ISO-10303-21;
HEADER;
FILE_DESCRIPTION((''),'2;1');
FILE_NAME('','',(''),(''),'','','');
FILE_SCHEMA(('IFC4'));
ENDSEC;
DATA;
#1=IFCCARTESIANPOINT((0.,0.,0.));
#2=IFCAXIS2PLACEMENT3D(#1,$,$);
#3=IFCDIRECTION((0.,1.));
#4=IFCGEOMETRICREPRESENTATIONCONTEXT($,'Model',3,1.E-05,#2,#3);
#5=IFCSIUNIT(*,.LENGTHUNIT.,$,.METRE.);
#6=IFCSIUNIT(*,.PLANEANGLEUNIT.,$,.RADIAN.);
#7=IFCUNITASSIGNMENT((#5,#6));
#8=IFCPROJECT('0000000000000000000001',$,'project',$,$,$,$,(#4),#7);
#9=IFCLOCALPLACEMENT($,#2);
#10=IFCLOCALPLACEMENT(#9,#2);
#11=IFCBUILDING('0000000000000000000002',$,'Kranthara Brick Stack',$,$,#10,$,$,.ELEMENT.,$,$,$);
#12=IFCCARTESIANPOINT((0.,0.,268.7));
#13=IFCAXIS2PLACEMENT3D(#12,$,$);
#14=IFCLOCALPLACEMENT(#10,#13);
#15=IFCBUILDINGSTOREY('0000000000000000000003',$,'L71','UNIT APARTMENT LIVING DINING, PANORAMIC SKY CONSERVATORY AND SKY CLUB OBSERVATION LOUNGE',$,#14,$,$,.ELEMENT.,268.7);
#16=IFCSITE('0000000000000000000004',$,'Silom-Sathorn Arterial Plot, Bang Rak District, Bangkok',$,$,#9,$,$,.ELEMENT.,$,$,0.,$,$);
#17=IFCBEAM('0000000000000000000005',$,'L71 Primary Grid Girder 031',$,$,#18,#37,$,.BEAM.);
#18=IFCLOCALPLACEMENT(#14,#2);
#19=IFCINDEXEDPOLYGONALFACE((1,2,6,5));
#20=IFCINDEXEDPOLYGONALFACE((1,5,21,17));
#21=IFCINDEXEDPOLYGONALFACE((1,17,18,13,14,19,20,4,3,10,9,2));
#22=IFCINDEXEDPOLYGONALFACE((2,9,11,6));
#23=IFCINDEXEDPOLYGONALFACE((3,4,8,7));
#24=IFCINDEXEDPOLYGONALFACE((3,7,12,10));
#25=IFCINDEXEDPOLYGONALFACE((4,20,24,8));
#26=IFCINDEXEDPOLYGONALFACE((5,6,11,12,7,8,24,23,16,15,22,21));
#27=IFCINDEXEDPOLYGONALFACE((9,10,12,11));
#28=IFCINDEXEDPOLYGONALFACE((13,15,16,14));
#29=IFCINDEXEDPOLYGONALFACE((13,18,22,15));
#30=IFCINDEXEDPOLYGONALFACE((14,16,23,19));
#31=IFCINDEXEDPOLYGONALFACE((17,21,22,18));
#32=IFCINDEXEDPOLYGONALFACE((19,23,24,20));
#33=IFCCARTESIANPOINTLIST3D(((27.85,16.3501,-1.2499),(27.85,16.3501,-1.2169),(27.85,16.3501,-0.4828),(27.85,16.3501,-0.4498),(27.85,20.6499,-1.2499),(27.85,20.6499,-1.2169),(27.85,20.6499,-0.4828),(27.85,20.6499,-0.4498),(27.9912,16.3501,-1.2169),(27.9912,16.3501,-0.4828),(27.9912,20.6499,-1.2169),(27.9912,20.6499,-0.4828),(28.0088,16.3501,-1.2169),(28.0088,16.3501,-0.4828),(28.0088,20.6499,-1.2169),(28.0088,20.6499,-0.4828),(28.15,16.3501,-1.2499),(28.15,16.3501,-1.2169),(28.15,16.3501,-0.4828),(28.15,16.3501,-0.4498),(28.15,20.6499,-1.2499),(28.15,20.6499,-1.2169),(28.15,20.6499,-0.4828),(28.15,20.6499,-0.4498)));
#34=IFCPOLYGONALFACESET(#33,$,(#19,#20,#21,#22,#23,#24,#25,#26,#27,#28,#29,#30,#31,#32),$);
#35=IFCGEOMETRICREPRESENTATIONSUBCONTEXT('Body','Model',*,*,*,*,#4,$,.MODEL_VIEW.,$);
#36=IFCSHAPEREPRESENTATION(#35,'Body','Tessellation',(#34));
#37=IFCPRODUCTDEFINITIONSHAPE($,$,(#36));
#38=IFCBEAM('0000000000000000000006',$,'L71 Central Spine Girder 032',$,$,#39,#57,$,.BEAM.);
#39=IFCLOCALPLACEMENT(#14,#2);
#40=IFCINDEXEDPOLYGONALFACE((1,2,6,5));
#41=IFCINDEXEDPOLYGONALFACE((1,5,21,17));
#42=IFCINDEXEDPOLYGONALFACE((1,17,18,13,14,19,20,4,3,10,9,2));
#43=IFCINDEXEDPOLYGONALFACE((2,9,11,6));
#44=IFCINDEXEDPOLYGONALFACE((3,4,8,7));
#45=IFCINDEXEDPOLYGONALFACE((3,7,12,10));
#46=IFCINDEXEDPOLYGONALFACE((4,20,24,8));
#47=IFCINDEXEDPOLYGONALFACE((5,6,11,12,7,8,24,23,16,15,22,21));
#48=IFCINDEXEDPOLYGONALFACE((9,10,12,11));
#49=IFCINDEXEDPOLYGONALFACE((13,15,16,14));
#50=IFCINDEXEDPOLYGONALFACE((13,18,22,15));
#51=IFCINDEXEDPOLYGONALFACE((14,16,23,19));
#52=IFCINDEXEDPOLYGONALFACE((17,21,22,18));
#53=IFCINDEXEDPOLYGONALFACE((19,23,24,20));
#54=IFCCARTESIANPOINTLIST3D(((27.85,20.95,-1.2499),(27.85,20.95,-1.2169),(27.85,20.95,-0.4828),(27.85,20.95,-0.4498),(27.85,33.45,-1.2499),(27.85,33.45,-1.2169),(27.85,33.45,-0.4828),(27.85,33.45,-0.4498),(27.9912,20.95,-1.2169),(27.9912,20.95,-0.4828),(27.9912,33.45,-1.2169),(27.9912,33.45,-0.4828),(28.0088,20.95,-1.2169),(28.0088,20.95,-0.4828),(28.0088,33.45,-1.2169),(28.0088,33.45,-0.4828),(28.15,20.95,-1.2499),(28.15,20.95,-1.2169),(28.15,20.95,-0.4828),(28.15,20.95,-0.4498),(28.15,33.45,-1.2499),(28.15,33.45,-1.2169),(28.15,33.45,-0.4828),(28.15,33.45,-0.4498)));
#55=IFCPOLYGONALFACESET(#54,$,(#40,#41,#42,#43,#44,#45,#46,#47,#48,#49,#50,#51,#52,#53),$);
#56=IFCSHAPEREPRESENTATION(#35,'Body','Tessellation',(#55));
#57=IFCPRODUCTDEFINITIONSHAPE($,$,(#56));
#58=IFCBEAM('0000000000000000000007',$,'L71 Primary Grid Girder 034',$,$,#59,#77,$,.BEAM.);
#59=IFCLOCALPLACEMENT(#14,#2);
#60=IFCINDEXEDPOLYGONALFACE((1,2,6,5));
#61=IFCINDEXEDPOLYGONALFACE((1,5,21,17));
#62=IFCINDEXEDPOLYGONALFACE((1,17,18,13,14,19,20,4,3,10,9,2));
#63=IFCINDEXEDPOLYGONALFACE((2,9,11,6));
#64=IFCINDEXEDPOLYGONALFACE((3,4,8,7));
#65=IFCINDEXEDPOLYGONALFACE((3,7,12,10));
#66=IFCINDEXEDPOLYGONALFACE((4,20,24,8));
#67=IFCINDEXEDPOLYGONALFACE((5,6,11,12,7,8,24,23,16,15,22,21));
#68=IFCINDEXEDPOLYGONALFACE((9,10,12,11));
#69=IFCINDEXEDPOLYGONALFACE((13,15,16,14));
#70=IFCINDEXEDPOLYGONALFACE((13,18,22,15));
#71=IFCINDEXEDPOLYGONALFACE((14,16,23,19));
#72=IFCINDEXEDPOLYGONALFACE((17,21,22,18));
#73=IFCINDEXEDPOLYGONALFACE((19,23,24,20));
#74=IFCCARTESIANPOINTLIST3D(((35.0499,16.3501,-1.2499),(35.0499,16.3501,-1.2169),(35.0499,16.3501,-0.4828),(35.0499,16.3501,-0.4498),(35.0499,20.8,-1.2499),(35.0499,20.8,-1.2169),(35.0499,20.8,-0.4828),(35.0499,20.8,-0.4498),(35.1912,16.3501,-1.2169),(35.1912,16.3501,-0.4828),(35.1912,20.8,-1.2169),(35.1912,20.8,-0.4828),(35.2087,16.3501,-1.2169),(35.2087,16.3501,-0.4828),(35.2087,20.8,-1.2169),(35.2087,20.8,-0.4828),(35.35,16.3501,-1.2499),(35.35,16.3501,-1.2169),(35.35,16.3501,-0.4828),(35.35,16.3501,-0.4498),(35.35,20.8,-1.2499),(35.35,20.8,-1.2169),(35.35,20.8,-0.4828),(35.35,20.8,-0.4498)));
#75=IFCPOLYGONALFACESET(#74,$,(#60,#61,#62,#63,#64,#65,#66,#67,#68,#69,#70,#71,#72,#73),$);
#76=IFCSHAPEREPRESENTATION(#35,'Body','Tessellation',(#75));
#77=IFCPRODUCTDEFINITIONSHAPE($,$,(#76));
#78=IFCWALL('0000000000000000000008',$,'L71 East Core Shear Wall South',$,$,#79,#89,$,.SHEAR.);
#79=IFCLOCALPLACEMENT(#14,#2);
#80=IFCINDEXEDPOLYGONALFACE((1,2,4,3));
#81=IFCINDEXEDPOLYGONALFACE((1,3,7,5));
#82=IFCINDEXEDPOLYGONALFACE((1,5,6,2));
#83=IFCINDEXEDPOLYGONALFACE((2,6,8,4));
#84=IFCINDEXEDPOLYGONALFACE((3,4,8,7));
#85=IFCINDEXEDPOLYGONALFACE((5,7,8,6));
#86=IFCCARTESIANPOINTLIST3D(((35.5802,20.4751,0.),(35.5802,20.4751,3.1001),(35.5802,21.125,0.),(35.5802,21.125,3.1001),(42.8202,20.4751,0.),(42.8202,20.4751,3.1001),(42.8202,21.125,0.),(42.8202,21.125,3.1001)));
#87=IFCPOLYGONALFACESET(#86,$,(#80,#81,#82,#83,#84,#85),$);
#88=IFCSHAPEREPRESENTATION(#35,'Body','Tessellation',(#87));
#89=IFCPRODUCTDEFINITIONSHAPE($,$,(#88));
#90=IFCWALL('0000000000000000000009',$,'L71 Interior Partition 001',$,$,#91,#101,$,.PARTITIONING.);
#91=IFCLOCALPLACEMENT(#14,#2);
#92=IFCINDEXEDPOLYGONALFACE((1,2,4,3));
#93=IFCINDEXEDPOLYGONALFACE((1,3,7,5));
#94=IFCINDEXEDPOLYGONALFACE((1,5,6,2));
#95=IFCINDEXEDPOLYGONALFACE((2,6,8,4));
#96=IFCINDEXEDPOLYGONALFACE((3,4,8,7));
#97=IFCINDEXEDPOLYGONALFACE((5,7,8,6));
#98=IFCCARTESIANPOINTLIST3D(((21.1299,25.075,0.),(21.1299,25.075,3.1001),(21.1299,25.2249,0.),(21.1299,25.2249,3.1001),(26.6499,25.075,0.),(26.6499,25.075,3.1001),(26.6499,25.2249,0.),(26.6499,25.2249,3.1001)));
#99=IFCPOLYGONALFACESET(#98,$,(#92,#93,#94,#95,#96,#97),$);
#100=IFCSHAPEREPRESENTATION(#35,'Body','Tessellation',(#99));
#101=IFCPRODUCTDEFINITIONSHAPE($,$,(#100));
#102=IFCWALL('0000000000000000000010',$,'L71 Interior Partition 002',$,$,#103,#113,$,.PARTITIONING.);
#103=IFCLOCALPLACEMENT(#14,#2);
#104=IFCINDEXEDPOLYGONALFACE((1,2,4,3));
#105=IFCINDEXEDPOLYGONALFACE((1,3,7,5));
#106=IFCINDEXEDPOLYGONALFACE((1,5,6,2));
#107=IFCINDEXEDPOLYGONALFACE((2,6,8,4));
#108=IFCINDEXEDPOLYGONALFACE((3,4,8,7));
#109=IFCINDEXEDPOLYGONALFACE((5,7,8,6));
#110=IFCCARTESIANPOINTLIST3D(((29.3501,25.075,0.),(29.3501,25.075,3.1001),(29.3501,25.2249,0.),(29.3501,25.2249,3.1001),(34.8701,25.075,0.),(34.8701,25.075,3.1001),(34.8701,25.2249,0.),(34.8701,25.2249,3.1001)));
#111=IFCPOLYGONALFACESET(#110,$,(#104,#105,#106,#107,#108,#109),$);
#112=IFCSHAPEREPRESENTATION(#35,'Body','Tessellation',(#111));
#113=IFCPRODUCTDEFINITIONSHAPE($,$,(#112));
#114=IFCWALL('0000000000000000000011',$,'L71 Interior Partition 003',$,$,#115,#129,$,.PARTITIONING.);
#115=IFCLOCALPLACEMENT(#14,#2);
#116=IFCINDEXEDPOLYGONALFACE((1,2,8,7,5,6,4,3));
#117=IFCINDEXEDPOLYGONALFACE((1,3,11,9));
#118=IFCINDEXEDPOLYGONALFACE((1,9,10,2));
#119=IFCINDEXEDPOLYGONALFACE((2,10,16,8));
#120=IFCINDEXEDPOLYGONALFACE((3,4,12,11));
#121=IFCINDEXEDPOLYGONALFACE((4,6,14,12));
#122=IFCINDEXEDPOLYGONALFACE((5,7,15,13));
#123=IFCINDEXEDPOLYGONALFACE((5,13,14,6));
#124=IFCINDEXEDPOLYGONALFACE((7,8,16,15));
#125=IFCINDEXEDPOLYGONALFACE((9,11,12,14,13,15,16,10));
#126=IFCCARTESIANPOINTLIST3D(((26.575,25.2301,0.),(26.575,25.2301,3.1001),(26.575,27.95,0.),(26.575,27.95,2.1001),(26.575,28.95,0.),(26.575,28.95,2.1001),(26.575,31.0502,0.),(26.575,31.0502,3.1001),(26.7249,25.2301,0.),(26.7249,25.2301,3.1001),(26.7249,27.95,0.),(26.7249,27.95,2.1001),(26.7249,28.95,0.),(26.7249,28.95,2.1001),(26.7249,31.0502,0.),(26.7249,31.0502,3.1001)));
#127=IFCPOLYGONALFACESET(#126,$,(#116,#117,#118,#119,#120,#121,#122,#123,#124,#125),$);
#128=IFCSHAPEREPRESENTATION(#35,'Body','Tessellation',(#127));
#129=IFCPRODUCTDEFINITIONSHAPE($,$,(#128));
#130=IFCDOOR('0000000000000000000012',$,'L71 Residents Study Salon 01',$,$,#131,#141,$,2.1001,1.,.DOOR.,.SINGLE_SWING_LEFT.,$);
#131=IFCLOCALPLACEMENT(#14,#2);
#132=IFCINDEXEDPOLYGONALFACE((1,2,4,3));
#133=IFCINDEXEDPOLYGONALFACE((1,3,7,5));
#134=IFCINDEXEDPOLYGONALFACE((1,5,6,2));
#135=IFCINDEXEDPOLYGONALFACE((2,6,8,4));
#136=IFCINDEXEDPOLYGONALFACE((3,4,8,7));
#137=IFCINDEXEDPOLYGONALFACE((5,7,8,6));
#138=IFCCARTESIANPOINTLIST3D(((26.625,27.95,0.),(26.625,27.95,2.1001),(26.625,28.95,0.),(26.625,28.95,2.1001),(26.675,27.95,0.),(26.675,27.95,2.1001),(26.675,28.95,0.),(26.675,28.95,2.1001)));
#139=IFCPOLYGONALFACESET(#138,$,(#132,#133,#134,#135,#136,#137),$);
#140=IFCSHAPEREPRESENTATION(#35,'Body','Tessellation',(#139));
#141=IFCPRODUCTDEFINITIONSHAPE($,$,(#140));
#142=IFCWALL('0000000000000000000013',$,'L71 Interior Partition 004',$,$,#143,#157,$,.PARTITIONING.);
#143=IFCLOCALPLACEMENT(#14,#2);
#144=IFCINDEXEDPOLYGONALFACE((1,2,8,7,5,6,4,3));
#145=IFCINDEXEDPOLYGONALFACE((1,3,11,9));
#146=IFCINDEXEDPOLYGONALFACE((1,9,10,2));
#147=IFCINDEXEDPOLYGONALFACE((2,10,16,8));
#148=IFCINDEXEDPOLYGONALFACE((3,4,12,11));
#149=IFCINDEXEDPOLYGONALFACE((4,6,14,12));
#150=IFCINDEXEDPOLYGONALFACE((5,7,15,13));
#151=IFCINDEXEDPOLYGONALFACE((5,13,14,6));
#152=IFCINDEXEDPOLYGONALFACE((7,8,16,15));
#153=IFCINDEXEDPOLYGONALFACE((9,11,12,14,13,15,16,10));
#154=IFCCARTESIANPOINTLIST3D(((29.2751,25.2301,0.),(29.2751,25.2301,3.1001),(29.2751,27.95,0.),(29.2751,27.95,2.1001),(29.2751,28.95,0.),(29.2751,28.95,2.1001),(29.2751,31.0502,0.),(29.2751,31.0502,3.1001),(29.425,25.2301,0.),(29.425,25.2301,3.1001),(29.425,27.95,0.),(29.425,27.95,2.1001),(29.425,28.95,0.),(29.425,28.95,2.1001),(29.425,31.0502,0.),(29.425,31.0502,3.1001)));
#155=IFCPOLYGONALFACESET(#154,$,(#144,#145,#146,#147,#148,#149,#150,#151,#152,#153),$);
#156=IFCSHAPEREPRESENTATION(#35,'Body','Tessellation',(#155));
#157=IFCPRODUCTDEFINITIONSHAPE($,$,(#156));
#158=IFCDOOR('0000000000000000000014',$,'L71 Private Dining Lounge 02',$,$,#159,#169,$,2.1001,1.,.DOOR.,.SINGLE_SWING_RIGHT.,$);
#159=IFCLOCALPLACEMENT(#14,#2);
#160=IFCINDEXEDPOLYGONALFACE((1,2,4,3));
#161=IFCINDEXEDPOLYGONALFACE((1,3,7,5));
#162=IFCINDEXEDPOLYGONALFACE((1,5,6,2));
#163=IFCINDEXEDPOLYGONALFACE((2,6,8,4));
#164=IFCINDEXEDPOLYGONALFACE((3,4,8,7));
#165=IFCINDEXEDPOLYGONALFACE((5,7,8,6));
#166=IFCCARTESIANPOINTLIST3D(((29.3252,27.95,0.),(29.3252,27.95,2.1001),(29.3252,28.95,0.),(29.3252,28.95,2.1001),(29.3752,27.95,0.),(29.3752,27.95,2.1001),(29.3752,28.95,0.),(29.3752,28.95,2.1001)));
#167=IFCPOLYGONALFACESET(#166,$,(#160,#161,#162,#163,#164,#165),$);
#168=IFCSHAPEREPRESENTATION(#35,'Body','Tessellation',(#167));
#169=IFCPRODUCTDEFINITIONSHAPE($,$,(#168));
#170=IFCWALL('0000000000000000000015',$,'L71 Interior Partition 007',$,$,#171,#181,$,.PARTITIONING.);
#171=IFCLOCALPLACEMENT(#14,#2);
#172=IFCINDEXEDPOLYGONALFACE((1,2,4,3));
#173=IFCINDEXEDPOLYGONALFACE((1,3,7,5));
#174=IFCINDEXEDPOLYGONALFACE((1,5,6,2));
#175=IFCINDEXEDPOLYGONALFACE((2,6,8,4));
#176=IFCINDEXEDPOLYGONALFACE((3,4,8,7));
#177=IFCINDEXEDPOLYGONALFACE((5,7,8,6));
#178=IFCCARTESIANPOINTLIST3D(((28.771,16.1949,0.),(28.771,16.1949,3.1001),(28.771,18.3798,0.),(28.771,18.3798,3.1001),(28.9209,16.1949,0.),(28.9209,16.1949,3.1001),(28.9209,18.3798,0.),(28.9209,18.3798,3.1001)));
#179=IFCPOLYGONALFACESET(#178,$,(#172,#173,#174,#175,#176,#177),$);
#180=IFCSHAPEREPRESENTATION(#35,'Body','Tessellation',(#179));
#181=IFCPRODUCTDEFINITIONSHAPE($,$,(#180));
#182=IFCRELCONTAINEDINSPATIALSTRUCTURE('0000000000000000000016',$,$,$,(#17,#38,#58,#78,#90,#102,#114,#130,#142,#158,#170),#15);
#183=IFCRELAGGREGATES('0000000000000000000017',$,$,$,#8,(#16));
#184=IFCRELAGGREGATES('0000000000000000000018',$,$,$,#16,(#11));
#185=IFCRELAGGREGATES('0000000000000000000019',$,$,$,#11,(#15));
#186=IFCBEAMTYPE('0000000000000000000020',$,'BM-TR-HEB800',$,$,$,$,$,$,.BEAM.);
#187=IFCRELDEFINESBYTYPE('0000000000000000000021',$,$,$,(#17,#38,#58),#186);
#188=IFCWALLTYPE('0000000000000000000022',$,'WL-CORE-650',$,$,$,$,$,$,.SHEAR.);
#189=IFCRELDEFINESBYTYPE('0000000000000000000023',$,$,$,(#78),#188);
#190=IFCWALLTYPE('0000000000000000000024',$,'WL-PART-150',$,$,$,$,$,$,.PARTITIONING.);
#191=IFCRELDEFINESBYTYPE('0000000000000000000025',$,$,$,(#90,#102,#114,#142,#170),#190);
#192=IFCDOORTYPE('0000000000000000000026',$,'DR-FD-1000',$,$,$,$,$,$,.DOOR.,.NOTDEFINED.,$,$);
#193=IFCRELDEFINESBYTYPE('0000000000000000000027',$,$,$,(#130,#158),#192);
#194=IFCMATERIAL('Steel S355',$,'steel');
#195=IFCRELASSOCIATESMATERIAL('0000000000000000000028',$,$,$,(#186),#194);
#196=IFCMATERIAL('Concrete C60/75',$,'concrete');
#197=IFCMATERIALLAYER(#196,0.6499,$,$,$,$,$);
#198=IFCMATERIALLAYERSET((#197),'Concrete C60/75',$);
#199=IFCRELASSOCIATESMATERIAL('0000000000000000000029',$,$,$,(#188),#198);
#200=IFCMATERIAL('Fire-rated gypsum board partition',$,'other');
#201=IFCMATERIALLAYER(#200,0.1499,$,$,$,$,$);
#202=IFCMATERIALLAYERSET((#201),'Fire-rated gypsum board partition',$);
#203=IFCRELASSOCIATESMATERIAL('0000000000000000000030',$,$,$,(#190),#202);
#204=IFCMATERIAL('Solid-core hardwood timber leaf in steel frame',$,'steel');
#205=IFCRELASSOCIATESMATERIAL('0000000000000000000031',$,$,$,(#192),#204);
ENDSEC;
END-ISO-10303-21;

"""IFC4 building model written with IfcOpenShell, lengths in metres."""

from ifc_helpers import new_model, si_unit, direction, frame, frame_2d, origin, origin_2d, place, context, subcontext, project, spatial, rectangle, i_section, extrude, material, layer, layer_set, material_profile, profile_set, type_object, element, fill, save


model = new_model("IFC4")

# Units and contexts
model_context = context("Model", 3, precision=1e-05, world=origin(), true_north=direction((0.0, 1.0)))
body_context = subcontext(model_context, "Body", "Model", "MODEL_VIEW")
ifc_project = project(units=[si_unit("LENGTHUNIT", "METRE"), si_unit("PLANEANGLEUNIT", "RADIAN")], contexts=[model_context])

# Site, building, storey
site_placement = place(None, origin())
site = spatial("IfcSite", under=ifc_project, at=site_placement, Name="Silom-Sathorn Arterial Plot, Bang Rak District, Bangkok", CompositionType="ELEMENT", RefElevation=0.0)
building_placement = place(site_placement, origin())
building = spatial("IfcBuilding", under=site, at=building_placement, Name="Kranthara Brick Stack", CompositionType="ELEMENT")
storey_placement = place(building_placement, frame((0.0, 0.0, 268.7)))
storey = spatial("IfcBuildingStorey", under=building, at=storey_placement, Name="L71", Description="UNIT APARTMENT LIVING DINING, PANORAMIC SKY CONSERVATORY AND SKY CLUB OBSERVATION LOUNGE", CompositionType="ELEMENT", Elevation=268.7)

# Beams
ifc_material_1 = material(Name="Steel S355", Category="steel")
ifc_material_profile_1 = material_profile(ifc_material_1, i_section(OverallWidth=0.3, OverallDepth=0.8, WebThickness=0.0176, FlangeThickness=0.033, at=origin_2d()), Name="HEB 800")
ifc_profile_set_1 = profile_set([ifc_material_profile_1], Name="Steel S355")
beam_type_1 = type_object("IfcBeamType", Name="BM-TR-HEB800", PredefinedType="BEAM", material=ifc_profile_set_1)
beam_1_placement = place(storey_placement, frame((28.0, 16.3501, -0.8499), z_axis=(0.0, 1.0, 0.0), x_axis=(-1.0, 0.0, 0.0)))
element("IfcBeam", 1, at=beam_1_placement, inside=storey, type_object=beam_type_1, Name="L71 Primary Grid Girder 031", PredefinedType="BEAM", context=body_context, shape_type="SweptSolid", body=[
    extrude(i_section(OverallWidth=0.3, OverallDepth=0.8, WebThickness=0.0176, FlangeThickness=0.033, at=origin_2d()), origin(), (0.0, 0.0, 1.0), 4.2998),
])
beam_2_placement = place(storey_placement, frame((28.0, 20.95, -0.8499), z_axis=(0.0, 1.0, 0.0), x_axis=(-1.0, 0.0, 0.0)))
element("IfcBeam", 2, at=beam_2_placement, inside=storey, type_object=beam_type_1, Name="L71 Central Spine Girder 032", PredefinedType="BEAM", context=body_context, shape_type="SweptSolid", body=[
    extrude(i_section(OverallWidth=0.3, OverallDepth=0.8, WebThickness=0.0176, FlangeThickness=0.033, at=origin_2d()), origin(), (0.0, 0.0, 1.0), 12.5),
])
beam_3_placement = place(storey_placement, frame((35.2, 16.3501, -0.8499), z_axis=(0.0, 1.0, 0.0), x_axis=(-1.0, 0.0, 0.0)))
element("IfcBeam", 3, at=beam_3_placement, inside=storey, type_object=beam_type_1, Name="L71 Primary Grid Girder 034", PredefinedType="BEAM", context=body_context, shape_type="SweptSolid", body=[
    extrude(i_section(OverallWidth=0.3, OverallDepth=0.8, WebThickness=0.0176, FlangeThickness=0.033, at=origin_2d()), origin(), (0.0, 0.0, 1.0), 4.45),
])

# Wall
ifc_material_2 = material(Name="Concrete C60/75", Category="concrete")
ifc_layer_1 = layer(ifc_material_2, 0.6499)
ifc_layer_set_1 = layer_set([ifc_layer_1], Name="Concrete C60/75")
wall_type_1 = type_object("IfcWallType", Name="WL-CORE-650", PredefinedType="SHEAR", material=ifc_layer_set_1)
wall_1_placement = place(storey_placement, frame((35.5801, 20.8, 0.0), z_axis=(0.0, 0.0, 1.0), x_axis=(1.0, 0.0, 0.0)))
element("IfcWall", 4, at=wall_1_placement, inside=storey, type_object=wall_type_1, Name="L71 East Core Shear Wall South", PredefinedType="SHEAR", context=body_context, shape_type="SweptSolid", body=[
    extrude(rectangle(XDim=7.24, YDim=0.6499, at=frame_2d((3.6201, 0.0))), origin(), (0.0, 0.0, 1.0), 3.1001),
])

# Walls
ifc_material_3 = material(Name="Fire-rated gypsum board partition", Category="other")
ifc_layer_2 = layer(ifc_material_3, 0.1499)
ifc_layer_set_2 = layer_set([ifc_layer_2], Name="Fire-rated gypsum board partition")
wall_type_2 = type_object("IfcWallType", Name="WL-PART-150", PredefinedType="PARTITIONING", material=ifc_layer_set_2)
for number, where, z_axis, x_axis, name in (
    (5, (21.1299, 25.1499, 0.0), (0.0, 0.0, 1.0), (1.0, 0.0, 0.0), "L71 Interior Partition 001"),
    (6, (29.3501, 25.1499, 0.0), (0.0, 0.0, 1.0), (1.0, 0.0, 0.0), "L71 Interior Partition 002"),
):
    element("IfcWall", number, at=place(storey_placement, frame(where, z_axis=z_axis, x_axis=x_axis)), inside=storey, type_object=wall_type_2, Name=name, PredefinedType="PARTITIONING", context=body_context, shape_type="SweptSolid", body=[
        extrude(rectangle(XDim=5.52, YDim=0.1499, at=frame_2d((2.76, 0.0))), origin(), (0.0, 0.0, 1.0), 3.1001),
    ])

# Walls, openings, doors
wall_2_placement = place(storey_placement, frame((26.6499, 25.23, 0.0), z_axis=(0.0, 0.0, 1.0), x_axis=(0.0, 1.0, 0.0)))
wall_2 = element("IfcWall", 7, at=wall_2_placement, inside=storey, type_object=wall_type_2, Name="L71 Interior Partition 003", PredefinedType="PARTITIONING", context=body_context, shape_type="SweptSolid", body=[
    extrude(rectangle(XDim=5.8201, YDim=0.1499, at=frame_2d((2.9102, 0.0))), origin(), (0.0, 0.0, 1.0), 3.1001),
])
opening_1_placement = place(wall_2_placement, frame((2.72, 0.0, 0.0)))
opening_1 = element("IfcOpeningElement", 8, at=opening_1_placement, cuts=wall_2, PredefinedType="OPENING", context=body_context, shape_type="SweptSolid", body=[
    extrude(rectangle(XDim=1.0, YDim=2.1001, at=frame_2d((0.5, 1.05))), frame((0.0, 0.085, 0.0), z_axis=(0.0, -1.0, 0.0), x_axis=(1.0, 0.0, 0.0)), (0.0, 0.0, 1.0), 0.1699),
])
ifc_material_4 = material(Name="Solid-core hardwood timber leaf in steel frame", Category="steel")
door_type_1 = type_object("IfcDoorType", Name="DR-FD-1000", OperationType="NOTDEFINED", PredefinedType="DOOR", material=ifc_material_4)
door_1_placement = place(opening_1_placement, origin())
door_1 = element("IfcDoor", 9, at=door_1_placement, inside=storey, type_object=door_type_1, Name="L71 Residents Study Salon 01", OperationType="SINGLE_SWING_LEFT", OverallHeight=2.1001, OverallWidth=1.0, PredefinedType="DOOR", context=body_context, shape_type="SweptSolid", body=[
    extrude(rectangle(XDim=1.0, YDim=2.1001, at=frame_2d((0.5, 1.05))), frame((0.0, 0.0249, 0.0), z_axis=(0.0, -1.0, 0.0), x_axis=(1.0, 0.0, 0.0)), (0.0, 0.0, 1.0), 0.05),
])
fill(opening_1, door_1)
wall_3_placement = place(storey_placement, frame((29.3501, 25.23, 0.0), z_axis=(0.0, 0.0, 1.0), x_axis=(0.0, 1.0, 0.0)))
wall_3 = element("IfcWall", 10, at=wall_3_placement, inside=storey, type_object=wall_type_2, Name="L71 Interior Partition 004", PredefinedType="PARTITIONING", context=body_context, shape_type="SweptSolid", body=[
    extrude(rectangle(XDim=5.8201, YDim=0.1499, at=frame_2d((2.9102, 0.0))), origin(), (0.0, 0.0, 1.0), 3.1001),
])
opening_2_placement = place(wall_3_placement, frame((2.72, 0.0, 0.0)))
opening_2 = element("IfcOpeningElement", 11, at=opening_2_placement, cuts=wall_3, PredefinedType="OPENING", context=body_context, shape_type="SweptSolid", body=[
    extrude(rectangle(XDim=1.0, YDim=2.1001, at=frame_2d((0.5, 1.05))), frame((0.0, 0.085, 0.0), z_axis=(0.0, -1.0, 0.0), x_axis=(1.0, 0.0, 0.0)), (0.0, 0.0, 1.0), 0.1699),
])
door_2_placement = place(opening_2_placement, origin())
door_2 = element("IfcDoor", 12, at=door_2_placement, inside=storey, type_object=door_type_1, Name="L71 Private Dining Lounge 02", OperationType="SINGLE_SWING_RIGHT", OverallHeight=2.1001, OverallWidth=1.0, PredefinedType="DOOR", context=body_context, shape_type="SweptSolid", body=[
    extrude(rectangle(XDim=1.0, YDim=2.1001, at=frame_2d((0.5, 1.05))), frame((0.0, 0.0249, 0.0), z_axis=(0.0, -1.0, 0.0), x_axis=(1.0, 0.0, 0.0)), (0.0, 0.0, 1.0), 0.05),
])
fill(opening_2, door_2)

# Wall
wall_4_placement = place(storey_placement, frame((28.8459, 16.1951, 0.0), z_axis=(0.0, 0.0, 1.0), x_axis=(0.0, 1.0, 0.0)))
element("IfcWall", 13, at=wall_4_placement, inside=storey, type_object=wall_type_2, Name="L71 Interior Partition 007", PredefinedType="PARTITIONING", context=body_context, shape_type="SweptSolid", body=[
    extrude(rectangle(XDim=2.1848, YDim=0.1499, at=frame_2d((1.0923, 0.0))), origin(), (0.0, 0.0, 1.0), 3.1001),
])

save(model, "model.ifc")
